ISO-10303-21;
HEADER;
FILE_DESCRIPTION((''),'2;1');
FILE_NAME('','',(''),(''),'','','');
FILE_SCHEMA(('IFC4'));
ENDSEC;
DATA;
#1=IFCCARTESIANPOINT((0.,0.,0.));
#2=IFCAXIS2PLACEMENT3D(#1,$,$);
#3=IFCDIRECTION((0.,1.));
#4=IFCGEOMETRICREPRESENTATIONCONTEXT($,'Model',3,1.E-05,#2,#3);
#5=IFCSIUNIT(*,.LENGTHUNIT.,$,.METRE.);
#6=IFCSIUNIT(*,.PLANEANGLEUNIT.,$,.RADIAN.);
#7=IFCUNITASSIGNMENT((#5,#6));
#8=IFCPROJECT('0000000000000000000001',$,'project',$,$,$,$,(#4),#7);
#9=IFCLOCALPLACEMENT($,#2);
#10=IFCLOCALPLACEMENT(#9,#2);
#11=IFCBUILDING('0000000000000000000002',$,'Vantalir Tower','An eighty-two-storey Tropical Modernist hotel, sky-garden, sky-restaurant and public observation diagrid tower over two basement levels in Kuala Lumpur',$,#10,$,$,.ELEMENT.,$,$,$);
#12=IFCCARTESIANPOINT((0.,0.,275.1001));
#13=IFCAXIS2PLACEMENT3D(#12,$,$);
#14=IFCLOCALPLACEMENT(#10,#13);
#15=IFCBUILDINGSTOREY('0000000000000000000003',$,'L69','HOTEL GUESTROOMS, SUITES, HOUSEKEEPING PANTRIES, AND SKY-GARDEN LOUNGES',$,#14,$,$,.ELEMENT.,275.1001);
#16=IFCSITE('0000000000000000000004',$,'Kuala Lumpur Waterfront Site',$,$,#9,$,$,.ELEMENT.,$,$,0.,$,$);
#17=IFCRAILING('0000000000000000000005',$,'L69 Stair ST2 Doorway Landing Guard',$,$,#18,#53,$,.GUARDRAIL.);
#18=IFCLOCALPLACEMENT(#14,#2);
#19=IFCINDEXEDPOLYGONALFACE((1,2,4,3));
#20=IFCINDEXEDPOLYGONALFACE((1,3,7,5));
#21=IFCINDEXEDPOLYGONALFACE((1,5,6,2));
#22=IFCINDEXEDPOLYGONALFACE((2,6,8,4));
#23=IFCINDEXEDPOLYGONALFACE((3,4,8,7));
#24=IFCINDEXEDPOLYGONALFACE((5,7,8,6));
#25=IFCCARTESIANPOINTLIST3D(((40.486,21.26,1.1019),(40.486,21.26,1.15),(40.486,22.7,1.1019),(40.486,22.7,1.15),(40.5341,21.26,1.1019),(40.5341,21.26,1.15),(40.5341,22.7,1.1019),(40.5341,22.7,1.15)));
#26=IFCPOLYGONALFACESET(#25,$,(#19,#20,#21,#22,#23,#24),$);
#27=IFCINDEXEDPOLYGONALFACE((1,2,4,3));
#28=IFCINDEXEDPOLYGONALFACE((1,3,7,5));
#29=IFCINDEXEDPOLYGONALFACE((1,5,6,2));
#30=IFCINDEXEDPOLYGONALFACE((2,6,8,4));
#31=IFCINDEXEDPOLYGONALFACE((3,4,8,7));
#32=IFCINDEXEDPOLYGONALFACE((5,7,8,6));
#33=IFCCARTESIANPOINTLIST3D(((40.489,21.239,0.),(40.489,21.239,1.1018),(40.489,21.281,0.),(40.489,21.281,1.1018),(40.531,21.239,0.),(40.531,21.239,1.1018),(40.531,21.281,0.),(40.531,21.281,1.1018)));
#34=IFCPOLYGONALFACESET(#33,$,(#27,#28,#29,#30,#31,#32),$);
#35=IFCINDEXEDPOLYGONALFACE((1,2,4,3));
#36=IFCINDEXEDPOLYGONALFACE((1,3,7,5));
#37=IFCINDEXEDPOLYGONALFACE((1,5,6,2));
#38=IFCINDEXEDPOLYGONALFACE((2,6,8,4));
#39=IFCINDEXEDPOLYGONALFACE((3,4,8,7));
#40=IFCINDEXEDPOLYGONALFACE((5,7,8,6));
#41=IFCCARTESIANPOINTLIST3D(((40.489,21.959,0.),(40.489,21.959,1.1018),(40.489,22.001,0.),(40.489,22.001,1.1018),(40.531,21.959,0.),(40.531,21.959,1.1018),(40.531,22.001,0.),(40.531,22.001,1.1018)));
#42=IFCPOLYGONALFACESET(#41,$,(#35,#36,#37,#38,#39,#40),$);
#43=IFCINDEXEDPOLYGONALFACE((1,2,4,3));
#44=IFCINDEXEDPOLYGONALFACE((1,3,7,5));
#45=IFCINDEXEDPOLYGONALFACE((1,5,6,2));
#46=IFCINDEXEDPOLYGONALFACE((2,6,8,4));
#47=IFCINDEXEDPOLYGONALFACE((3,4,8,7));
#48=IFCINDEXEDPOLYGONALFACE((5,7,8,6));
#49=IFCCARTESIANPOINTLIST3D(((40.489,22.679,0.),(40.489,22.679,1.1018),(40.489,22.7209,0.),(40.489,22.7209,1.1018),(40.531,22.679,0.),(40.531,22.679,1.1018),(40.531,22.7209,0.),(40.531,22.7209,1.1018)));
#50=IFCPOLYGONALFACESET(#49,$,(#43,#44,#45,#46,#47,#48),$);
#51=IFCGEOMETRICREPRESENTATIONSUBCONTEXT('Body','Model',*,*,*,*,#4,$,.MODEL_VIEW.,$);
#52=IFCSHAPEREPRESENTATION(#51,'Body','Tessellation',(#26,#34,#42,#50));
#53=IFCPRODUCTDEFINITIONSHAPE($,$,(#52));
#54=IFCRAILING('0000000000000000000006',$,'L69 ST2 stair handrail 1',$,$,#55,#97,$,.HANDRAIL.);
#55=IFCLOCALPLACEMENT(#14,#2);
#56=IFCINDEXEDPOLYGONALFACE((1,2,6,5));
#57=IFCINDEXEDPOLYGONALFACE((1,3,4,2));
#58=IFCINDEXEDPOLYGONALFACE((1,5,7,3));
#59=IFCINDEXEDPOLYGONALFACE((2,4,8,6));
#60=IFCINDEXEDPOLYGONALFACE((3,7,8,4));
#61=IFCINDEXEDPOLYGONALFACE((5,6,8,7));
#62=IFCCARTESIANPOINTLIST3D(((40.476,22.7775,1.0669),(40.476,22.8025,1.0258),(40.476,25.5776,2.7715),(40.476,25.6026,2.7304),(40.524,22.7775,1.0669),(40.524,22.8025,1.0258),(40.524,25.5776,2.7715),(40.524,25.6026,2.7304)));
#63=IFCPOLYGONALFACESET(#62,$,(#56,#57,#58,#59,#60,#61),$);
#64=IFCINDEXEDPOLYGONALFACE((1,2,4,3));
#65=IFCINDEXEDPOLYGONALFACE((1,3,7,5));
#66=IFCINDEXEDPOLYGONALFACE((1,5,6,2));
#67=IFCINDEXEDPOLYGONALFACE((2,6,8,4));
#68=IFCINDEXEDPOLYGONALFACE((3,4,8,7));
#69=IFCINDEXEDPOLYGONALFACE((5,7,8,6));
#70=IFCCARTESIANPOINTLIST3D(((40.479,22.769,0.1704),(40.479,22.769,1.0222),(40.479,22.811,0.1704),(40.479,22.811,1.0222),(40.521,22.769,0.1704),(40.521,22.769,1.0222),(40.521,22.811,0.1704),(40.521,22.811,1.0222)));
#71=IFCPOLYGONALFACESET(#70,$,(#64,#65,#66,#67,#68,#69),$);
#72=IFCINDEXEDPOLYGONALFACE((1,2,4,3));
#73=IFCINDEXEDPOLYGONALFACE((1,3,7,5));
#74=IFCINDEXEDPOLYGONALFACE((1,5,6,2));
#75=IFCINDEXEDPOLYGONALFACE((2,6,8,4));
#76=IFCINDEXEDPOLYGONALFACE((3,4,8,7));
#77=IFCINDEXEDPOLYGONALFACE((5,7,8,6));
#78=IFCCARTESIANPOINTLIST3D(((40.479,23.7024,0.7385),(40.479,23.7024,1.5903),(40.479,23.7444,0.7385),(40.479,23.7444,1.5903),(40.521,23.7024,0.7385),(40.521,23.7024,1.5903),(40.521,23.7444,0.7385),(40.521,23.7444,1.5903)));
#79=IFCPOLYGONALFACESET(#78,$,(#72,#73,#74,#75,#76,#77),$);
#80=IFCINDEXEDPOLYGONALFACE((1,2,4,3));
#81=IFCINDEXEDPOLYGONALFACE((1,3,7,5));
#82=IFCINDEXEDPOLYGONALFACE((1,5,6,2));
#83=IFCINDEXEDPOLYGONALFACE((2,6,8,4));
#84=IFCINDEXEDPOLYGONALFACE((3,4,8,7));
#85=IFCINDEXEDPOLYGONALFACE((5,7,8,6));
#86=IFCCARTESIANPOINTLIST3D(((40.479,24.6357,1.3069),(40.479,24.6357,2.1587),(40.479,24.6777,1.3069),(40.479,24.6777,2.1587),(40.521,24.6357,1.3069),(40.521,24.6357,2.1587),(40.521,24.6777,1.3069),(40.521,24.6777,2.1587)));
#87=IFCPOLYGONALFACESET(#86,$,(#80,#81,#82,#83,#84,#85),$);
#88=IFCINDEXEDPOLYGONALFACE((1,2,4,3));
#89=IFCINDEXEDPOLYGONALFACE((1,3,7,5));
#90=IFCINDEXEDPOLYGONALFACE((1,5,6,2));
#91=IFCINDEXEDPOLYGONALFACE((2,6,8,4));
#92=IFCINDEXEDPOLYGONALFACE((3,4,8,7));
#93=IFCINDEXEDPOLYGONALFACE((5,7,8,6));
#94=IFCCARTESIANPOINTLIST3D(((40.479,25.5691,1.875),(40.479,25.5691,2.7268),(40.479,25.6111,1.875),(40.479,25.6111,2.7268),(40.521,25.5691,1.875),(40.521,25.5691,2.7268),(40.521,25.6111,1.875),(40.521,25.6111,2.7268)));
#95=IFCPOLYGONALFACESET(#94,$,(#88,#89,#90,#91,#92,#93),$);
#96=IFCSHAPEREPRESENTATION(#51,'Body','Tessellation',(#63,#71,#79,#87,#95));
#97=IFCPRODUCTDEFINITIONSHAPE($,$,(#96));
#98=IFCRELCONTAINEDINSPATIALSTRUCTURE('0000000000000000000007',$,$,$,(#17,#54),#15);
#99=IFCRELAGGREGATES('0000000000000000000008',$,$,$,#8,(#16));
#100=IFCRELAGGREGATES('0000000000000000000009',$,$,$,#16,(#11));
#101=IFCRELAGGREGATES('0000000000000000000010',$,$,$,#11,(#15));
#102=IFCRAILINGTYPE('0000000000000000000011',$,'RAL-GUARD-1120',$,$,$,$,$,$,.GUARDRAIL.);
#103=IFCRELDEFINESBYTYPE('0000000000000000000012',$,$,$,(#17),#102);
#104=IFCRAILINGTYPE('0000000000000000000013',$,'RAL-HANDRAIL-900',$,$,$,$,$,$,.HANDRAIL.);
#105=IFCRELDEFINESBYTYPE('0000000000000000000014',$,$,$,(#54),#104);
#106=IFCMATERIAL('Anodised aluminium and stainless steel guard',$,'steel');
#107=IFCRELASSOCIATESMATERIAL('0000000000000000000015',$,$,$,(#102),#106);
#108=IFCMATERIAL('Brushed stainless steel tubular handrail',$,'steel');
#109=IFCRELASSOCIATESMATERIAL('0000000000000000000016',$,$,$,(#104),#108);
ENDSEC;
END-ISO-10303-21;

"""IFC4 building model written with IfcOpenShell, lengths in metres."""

from ifc_helpers import new_model, si_unit, direction, frame, origin, origin_2d, place, context, subcontext, project, spatial, rectangle, extrude, material, type_object, element, save


model = new_model("IFC4")

# Units and contexts
model_context = context("Model", 3, precision=1e-05, world=origin(), true_north=direction((0.0, 1.0)))
body_context = subcontext(model_context, "Body", "Model", "MODEL_VIEW")
ifc_project = project(units=[si_unit("LENGTHUNIT", "METRE"), si_unit("PLANEANGLEUNIT", "RADIAN")], contexts=[model_context])

# Site, building, storey
site_placement = place(None, origin())
site = spatial("IfcSite", under=ifc_project, at=site_placement, Name="Kuala Lumpur Waterfront Site", CompositionType="ELEMENT", RefElevation=0.0)
building_placement = place(site_placement, origin())
building = spatial("IfcBuilding", under=site, at=building_placement, Name="Vantalir Tower", Description="An eighty-two-storey Tropical Modernist hotel, sky-garden, sky-restaurant and public observation diagrid tower over two basement levels in Kuala Lumpur", CompositionType="ELEMENT")
storey_placement = place(building_placement, frame((0.0, 0.0, 275.1001)))
storey = spatial("IfcBuildingStorey", under=building, at=storey_placement, Name="L69", Description="HOTEL GUESTROOMS, SUITES, HOUSEKEEPING PANTRIES, AND SKY-GARDEN LOUNGES", CompositionType="ELEMENT", Elevation=275.1001)

# Railings
ifc_material_1 = material(Name="Anodised aluminium and stainless steel guard", Category="steel")
railing_type_1 = type_object("IfcRailingType", Name="RAL-GUARD-1120", PredefinedType="GUARDRAIL", material=ifc_material_1)
railing_1_placement = place(storey_placement, frame((40.51, 21.26, 0.0)))
element("IfcRailing", 1, at=railing_1_placement, inside=storey, type_object=railing_type_1, Name="L69 Stair ST2 Doorway Landing Guard", PredefinedType="GUARDRAIL", context=body_context, shape_type="SweptSolid", body=[
    extrude(rectangle(XDim=0.0481, YDim=0.0481, at=origin_2d()), frame((0.0, 0.0, 1.126), z_axis=(0.0, 1.0, 0.0), x_axis=(-1.0, 0.0, 0.0)), (0.0, 0.0, 1.0), 1.4399),
    extrude(rectangle(XDim=0.042, YDim=0.042, at=origin_2d()), origin(), (0.0, 0.0, 1.0), 1.1018),
    extrude(rectangle(XDim=0.042, YDim=0.042, at=origin_2d()), frame((0.0, 0.72, 0.0)), (0.0, 0.0, 1.0), 1.1018),
    extrude(rectangle(XDim=0.042, YDim=0.042, at=origin_2d()), frame((0.0, 1.4399, 0.0)), (0.0, 0.0, 1.0), 1.1018),
])
ifc_material_2 = material(Name="Brushed stainless steel tubular handrail", Category="steel")
railing_type_2 = type_object("IfcRailingType", Name="RAL-HANDRAIL-900", PredefinedType="HANDRAIL", material=ifc_material_2)
railing_2_placement = place(storey_placement, frame((40.5, 22.79, 0.1704)))
element("IfcRailing", 2, at=railing_2_placement, inside=storey, type_object=railing_type_2, Name="L69 ST2 stair handrail 1", PredefinedType="HANDRAIL", context=body_context, shape_type="SweptSolid", body=[
    extrude(rectangle(XDim=0.0481, YDim=0.0481, at=origin_2d()), frame((0.0, 0.0, 0.876), z_axis=(0.0, 0.85417, 0.519994), x_axis=(-1.0, 0.0, 0.0)), (0.0, 0.0, 1.0), 3.2781),
    extrude(rectangle(XDim=0.042, YDim=0.042, at=origin_2d()), origin(), (0.0, 0.0, 1.0), 0.8518),
    extrude(rectangle(XDim=0.042, YDim=0.042, at=origin_2d()), frame((0.0, 0.9333, 0.5681)), (0.0, 0.0, 1.0), 0.8518),
    extrude(rectangle(XDim=0.042, YDim=0.042, at=origin_2d()), frame((0.0, 1.8667, 1.1365)), (0.0, 0.0, 1.0), 0.8518),
    extrude(rectangle(XDim=0.042, YDim=0.042, at=origin_2d()), frame((0.0, 2.8, 1.7046)), (0.0, 0.0, 1.0), 0.8518),
])

save(model, "model.ifc")
